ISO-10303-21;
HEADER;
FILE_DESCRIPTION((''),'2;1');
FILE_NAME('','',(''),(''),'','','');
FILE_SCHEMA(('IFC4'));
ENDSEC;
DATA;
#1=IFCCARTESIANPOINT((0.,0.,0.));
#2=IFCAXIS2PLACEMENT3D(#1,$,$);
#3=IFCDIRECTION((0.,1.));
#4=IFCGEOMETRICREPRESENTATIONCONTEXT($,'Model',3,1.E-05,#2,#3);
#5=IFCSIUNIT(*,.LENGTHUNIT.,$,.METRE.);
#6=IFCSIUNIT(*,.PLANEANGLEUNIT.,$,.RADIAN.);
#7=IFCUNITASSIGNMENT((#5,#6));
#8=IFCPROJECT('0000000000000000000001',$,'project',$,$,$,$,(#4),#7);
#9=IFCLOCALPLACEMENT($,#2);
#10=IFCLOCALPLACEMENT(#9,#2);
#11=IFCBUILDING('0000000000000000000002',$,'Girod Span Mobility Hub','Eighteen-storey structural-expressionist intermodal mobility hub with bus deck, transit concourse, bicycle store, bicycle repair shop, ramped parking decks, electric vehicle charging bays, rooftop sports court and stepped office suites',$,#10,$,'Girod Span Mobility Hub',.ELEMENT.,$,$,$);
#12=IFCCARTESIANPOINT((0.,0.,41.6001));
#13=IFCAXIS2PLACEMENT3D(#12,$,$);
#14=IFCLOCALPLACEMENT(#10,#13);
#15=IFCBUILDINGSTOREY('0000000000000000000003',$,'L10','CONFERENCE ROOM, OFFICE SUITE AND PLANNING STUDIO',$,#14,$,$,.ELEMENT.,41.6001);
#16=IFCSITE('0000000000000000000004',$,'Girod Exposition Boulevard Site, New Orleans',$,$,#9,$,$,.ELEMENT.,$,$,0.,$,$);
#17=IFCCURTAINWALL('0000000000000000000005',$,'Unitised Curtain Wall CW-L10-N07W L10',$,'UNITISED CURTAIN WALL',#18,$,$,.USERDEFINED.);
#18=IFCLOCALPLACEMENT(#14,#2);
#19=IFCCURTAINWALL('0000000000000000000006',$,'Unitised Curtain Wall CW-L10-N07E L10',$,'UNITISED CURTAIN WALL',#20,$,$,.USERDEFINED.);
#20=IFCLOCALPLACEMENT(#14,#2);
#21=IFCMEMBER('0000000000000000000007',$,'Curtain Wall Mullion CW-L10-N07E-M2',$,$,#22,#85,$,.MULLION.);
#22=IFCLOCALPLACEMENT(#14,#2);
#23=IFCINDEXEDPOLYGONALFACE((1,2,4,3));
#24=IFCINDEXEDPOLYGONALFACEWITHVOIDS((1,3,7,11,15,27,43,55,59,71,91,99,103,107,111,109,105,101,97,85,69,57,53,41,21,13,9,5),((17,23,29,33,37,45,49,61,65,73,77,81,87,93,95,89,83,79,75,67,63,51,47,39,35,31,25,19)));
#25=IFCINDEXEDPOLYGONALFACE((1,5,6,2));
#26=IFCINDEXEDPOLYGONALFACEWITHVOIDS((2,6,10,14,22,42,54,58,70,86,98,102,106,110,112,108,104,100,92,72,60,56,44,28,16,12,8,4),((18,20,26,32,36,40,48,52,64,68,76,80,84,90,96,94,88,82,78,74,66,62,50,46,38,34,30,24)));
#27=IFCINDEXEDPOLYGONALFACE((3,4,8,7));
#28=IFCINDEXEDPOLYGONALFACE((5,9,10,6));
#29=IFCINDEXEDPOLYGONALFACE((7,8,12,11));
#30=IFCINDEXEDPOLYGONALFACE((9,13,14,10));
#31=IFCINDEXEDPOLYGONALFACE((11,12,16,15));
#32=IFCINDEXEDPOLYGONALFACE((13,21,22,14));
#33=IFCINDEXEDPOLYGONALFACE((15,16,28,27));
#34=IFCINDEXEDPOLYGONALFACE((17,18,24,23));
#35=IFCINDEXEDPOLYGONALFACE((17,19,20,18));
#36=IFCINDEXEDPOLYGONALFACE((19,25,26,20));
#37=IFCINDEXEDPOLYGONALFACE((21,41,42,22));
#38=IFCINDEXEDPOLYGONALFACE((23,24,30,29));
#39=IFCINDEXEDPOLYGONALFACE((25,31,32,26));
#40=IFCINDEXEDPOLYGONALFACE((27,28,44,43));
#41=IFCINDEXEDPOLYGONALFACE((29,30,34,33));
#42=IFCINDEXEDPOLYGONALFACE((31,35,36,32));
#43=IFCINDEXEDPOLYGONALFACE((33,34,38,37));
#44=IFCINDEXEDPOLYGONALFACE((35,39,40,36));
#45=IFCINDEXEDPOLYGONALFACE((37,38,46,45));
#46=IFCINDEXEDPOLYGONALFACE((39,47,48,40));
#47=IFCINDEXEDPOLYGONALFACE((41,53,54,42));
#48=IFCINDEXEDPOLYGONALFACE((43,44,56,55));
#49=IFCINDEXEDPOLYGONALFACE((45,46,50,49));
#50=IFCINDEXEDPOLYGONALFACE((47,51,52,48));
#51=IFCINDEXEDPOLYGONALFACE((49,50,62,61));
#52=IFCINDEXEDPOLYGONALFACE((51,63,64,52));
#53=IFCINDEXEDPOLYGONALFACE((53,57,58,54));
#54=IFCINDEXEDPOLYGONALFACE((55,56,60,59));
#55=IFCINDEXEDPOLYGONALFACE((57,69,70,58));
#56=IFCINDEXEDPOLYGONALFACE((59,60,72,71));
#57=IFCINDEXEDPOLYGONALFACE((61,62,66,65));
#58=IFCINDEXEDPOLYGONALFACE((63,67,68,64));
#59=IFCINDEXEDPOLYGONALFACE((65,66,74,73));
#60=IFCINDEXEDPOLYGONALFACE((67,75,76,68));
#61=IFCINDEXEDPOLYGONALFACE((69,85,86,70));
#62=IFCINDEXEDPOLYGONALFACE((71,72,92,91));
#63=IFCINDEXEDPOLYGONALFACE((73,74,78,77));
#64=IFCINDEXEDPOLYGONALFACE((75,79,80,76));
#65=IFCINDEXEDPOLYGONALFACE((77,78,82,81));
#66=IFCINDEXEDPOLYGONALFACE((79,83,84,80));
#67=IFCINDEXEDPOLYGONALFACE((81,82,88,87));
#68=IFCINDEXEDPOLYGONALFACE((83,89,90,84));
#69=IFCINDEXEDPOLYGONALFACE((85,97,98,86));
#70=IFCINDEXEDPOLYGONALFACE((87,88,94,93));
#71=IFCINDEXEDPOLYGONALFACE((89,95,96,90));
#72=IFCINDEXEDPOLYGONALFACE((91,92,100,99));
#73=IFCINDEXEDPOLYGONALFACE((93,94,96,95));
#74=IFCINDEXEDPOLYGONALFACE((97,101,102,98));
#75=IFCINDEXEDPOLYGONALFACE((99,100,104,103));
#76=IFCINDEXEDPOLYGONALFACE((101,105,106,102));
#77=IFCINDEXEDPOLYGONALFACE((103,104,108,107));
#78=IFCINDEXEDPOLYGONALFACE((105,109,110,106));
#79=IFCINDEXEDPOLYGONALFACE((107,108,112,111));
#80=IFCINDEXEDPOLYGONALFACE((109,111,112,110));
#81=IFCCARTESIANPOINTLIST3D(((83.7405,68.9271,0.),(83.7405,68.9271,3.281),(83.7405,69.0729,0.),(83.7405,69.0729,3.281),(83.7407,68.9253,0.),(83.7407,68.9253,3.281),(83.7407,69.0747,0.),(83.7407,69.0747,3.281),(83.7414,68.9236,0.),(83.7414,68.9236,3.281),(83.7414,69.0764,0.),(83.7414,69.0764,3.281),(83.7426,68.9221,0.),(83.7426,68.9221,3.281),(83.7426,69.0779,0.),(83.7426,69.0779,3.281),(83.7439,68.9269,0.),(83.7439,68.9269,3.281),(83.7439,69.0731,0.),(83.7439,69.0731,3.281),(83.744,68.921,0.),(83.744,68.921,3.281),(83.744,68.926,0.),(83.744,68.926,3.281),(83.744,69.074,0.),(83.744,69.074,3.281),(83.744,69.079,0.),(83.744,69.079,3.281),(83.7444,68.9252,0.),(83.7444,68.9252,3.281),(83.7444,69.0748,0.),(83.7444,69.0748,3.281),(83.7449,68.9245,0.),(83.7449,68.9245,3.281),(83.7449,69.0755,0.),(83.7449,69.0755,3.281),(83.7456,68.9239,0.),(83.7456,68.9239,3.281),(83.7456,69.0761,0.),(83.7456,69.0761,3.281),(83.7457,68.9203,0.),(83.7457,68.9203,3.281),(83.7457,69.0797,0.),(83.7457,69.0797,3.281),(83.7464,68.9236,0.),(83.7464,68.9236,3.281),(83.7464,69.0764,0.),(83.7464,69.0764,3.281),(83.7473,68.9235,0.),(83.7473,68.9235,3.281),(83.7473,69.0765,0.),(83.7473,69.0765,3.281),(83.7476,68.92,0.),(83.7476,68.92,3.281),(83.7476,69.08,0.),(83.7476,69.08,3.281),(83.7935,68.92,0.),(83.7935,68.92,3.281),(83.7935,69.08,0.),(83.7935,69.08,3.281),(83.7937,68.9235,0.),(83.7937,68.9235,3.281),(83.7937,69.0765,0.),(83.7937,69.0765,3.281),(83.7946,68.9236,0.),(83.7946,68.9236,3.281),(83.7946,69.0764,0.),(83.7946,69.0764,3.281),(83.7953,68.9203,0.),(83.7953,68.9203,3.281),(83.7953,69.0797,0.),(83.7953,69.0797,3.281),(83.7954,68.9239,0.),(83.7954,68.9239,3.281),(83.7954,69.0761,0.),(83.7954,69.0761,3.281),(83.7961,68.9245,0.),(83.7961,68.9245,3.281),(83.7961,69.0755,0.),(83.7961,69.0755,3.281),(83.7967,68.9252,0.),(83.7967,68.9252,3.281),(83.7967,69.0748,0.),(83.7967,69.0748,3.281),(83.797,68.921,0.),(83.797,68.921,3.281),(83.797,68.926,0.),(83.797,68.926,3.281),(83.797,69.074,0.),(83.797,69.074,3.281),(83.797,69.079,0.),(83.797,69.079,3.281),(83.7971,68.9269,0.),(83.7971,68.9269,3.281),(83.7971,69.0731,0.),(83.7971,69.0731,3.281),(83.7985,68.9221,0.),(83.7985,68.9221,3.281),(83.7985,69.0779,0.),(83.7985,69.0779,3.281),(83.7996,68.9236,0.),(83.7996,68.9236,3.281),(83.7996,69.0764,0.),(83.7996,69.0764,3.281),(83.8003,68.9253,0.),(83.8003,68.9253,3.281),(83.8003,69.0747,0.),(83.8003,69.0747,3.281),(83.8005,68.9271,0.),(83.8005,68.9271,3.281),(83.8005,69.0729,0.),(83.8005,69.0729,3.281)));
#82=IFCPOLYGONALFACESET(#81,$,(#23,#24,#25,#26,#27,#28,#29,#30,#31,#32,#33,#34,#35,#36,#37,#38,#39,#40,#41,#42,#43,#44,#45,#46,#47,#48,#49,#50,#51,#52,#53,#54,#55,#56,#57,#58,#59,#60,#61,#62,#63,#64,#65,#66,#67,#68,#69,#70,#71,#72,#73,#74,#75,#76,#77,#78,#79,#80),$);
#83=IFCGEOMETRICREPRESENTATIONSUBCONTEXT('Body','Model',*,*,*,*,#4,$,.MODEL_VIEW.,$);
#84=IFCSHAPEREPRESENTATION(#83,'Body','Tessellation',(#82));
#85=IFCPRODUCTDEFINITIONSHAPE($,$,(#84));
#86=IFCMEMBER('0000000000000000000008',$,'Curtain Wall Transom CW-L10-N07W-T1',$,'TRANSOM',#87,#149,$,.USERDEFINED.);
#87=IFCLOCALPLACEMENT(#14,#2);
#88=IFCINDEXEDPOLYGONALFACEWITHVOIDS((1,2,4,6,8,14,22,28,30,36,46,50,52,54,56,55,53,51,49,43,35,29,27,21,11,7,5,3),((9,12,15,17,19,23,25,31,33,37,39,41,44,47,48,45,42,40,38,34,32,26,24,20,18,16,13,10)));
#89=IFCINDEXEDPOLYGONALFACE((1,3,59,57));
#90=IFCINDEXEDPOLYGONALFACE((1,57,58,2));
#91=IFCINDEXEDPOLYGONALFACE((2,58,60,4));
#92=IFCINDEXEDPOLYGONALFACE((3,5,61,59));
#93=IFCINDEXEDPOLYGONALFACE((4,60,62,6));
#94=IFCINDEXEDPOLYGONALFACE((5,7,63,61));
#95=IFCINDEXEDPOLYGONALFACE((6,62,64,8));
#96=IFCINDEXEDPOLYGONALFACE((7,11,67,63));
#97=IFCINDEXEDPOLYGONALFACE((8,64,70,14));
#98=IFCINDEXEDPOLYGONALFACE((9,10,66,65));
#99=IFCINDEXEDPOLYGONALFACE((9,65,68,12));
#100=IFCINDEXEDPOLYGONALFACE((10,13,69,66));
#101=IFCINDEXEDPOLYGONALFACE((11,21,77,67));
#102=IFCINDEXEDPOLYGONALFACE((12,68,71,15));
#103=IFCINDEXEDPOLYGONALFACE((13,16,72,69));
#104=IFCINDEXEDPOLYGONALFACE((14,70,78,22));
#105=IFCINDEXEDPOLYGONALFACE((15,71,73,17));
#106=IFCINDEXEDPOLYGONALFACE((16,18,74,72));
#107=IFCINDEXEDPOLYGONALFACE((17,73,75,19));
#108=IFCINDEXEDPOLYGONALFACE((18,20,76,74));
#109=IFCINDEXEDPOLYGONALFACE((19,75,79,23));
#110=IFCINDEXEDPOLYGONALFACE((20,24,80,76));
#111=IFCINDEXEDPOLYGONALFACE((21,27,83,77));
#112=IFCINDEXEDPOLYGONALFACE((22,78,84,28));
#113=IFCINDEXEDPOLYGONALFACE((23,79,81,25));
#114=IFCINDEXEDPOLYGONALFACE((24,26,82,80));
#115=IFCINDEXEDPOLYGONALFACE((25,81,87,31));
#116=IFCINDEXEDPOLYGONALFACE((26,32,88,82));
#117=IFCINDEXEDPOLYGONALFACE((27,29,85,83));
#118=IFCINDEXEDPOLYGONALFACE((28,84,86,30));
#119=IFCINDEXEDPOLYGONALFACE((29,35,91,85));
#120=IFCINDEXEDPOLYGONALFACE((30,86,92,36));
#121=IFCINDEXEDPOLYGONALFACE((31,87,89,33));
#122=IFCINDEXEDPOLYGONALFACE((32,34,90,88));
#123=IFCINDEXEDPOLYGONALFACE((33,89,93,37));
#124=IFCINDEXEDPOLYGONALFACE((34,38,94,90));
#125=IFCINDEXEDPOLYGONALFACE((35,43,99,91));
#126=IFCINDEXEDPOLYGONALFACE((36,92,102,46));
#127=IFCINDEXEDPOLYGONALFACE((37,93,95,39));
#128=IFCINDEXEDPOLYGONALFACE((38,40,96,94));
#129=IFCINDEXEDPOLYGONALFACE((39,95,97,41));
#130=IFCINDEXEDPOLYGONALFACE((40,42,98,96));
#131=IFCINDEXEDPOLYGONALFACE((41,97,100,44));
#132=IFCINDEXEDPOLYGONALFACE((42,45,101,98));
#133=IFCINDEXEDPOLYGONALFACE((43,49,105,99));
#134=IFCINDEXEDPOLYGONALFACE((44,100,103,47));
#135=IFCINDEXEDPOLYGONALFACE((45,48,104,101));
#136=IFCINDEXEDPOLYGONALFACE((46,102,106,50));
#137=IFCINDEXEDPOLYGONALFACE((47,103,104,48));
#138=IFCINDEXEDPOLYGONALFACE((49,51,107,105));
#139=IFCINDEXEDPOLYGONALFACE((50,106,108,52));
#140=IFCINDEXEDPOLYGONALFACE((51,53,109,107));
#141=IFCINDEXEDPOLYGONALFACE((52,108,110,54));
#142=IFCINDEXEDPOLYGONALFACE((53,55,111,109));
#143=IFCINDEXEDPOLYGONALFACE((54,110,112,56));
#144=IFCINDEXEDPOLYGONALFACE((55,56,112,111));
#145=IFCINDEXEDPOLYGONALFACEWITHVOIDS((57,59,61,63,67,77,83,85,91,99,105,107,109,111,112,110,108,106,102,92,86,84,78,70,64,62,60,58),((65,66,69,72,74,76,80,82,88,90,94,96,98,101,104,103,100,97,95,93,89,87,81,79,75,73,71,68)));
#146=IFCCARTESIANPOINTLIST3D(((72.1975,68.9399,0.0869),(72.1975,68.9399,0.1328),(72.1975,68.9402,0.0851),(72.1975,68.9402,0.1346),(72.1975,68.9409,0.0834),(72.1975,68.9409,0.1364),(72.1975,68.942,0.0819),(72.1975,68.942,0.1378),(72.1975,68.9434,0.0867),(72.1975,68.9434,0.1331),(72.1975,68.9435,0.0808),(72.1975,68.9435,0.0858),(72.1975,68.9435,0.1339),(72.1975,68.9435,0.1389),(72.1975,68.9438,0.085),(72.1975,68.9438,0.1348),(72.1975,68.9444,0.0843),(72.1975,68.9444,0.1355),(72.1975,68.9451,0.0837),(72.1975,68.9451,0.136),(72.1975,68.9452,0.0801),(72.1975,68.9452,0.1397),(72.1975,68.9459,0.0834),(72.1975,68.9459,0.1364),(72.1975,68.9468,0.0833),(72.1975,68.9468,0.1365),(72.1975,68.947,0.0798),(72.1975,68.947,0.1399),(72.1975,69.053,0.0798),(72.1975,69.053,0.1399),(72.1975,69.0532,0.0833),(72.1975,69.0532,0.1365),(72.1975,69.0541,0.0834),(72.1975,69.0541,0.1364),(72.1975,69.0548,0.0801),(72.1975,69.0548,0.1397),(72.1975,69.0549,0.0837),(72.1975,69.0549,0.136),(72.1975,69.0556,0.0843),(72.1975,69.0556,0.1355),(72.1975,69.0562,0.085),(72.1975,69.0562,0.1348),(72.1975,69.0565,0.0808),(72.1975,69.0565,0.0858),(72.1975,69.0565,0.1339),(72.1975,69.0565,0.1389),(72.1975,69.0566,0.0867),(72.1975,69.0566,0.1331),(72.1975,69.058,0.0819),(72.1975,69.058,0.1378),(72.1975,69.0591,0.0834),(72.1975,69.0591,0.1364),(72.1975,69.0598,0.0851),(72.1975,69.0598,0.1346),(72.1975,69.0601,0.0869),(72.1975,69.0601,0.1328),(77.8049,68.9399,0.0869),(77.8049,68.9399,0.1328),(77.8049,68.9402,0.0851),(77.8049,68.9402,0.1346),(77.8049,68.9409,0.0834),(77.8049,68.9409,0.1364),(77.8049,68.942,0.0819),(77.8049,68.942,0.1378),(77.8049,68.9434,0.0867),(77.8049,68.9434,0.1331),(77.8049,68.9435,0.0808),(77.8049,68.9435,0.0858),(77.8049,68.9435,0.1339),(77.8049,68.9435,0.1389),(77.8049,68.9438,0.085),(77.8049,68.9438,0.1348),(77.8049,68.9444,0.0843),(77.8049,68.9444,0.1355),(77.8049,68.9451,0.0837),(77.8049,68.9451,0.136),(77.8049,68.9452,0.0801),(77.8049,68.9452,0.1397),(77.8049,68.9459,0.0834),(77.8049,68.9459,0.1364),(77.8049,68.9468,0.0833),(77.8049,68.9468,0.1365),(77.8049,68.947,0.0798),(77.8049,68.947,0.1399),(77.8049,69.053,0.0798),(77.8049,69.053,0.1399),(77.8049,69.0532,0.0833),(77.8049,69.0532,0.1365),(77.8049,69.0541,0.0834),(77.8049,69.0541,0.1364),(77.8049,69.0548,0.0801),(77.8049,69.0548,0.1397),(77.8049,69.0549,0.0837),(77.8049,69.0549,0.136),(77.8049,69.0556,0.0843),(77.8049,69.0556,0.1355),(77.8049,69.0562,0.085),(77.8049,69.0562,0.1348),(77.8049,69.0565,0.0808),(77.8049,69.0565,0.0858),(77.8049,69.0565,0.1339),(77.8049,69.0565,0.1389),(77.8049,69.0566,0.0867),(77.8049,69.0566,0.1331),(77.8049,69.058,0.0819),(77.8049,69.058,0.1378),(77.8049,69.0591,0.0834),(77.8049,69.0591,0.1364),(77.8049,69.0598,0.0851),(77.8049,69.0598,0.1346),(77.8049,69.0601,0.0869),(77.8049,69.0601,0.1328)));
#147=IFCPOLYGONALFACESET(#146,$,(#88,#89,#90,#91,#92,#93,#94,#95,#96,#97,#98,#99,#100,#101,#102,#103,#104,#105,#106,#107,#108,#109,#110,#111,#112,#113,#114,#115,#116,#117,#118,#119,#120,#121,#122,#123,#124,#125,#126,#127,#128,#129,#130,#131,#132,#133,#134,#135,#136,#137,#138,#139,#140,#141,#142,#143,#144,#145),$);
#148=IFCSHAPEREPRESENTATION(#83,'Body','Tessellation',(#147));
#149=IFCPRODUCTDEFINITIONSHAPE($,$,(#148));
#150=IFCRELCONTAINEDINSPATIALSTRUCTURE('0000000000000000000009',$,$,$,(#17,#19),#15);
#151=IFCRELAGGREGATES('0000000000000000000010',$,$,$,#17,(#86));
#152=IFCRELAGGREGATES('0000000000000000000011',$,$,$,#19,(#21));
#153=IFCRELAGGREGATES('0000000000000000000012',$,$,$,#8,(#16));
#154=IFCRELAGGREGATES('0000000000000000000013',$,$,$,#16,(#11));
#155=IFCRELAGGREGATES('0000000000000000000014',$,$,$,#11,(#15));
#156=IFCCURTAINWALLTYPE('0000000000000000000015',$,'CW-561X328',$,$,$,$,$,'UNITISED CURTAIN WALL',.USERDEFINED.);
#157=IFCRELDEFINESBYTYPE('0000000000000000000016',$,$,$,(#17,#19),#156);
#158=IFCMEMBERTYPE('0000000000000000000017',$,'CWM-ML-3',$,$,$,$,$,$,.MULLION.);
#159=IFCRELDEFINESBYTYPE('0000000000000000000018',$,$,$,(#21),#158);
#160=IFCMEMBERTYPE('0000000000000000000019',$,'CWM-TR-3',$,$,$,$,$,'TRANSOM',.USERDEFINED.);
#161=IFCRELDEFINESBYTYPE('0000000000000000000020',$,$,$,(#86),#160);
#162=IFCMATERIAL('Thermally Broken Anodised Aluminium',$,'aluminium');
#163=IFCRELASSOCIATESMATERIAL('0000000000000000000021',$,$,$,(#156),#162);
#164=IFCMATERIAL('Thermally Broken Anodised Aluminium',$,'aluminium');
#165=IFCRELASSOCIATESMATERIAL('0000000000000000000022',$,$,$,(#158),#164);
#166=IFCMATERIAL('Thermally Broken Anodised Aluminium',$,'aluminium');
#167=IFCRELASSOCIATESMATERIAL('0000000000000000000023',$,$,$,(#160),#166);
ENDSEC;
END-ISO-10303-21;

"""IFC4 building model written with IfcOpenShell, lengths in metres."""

from ifc_helpers import new_model, si_unit, direction, frame, origin, origin_2d, place, context, subcontext, project, spatial, hollow_rectangle, extrude, material, material_profile, profile_set, type_object, element, aggregate, save


model = new_model("IFC4")

# Units and contexts
model_context = context("Model", 3, precision=1e-05, world=origin(), true_north=direction((0.0, 1.0)))
body_context = subcontext(model_context, "Body", "Model", "MODEL_VIEW")
ifc_project = project(units=[si_unit("LENGTHUNIT", "METRE"), si_unit("PLANEANGLEUNIT", "RADIAN")], contexts=[model_context])

# Site, building, storey
site_placement = place(None, origin())
site = spatial("IfcSite", under=ifc_project, at=site_placement, Name="Girod Exposition Boulevard Site, New Orleans", CompositionType="ELEMENT", RefElevation=0.0)
building_placement = place(site_placement, origin())
building = spatial("IfcBuilding", under=site, at=building_placement, Name="Girod Span Mobility Hub", Description="Eighteen-storey structural-expressionist intermodal mobility hub with bus deck, transit concourse, bicycle store, bicycle repair shop, ramped parking decks, electric vehicle charging bays, rooftop sports court and stepped office suites", LongName="Girod Span Mobility Hub", CompositionType="ELEMENT")
storey_placement = place(building_placement, frame((0.0, 0.0, 41.6001)))
storey = spatial("IfcBuildingStorey", under=building, at=storey_placement, Name="L10", Description="CONFERENCE ROOM, OFFICE SUITE AND PLANNING STUDIO", CompositionType="ELEMENT", Elevation=41.6001)

# Shared definitions
ifc_material_1 = material(Name="Thermally Broken Anodised Aluminium", Category="aluminium")
curtain_wall_type = type_object("IfcCurtainWallType", Name="CW-561X328", ElementType="UNITISED CURTAIN WALL", PredefinedType="USERDEFINED", material=ifc_material_1)
ifc_material_2 = material(Name="Thermally Broken Anodised Aluminium", Category="aluminium")
ifc_material_profile_1 = material_profile(ifc_material_2, hollow_rectangle(XDim=0.1599, YDim=0.0601, WallThickness=0.0034, InnerFilletRadius=0.0034, OuterFilletRadius=0.0071, at=origin_2d()), Name="CW-ML-60X160")
ifc_profile_set_1 = profile_set([ifc_material_profile_1], Name="Thermally Broken Anodised Aluminium")
member_type_1 = type_object("IfcMemberType", Name="CWM-ML-3", PredefinedType="MULLION", material=ifc_profile_set_1)

# Curtain walls, member
curtain_wall_1_placement = place(storey_placement, origin())
curtain_wall_1 = element("IfcCurtainWall", 1, at=curtain_wall_1_placement, inside=storey, type_object=curtain_wall_type, Name="Unitised Curtain Wall CW-L10-N07W L10", ObjectType="UNITISED CURTAIN WALL", PredefinedType="USERDEFINED")
curtain_wall_2_placement = place(storey_placement, origin())
curtain_wall_2 = element("IfcCurtainWall", 2, at=curtain_wall_2_placement, inside=storey, type_object=curtain_wall_type, Name="Unitised Curtain Wall CW-L10-N07E L10", ObjectType="UNITISED CURTAIN WALL", PredefinedType="USERDEFINED")
member_1_placement = place(storey_placement, frame((83.7705, 69.0, 0.0), z_axis=(0.0, 0.0, 1.0), x_axis=(0.0, 1.0, 0.0)))
member_1 = element("IfcMember", 3, at=member_1_placement, type_object=member_type_1, Name="Curtain Wall Mullion CW-L10-N07E-M2", PredefinedType="MULLION", context=body_context, shape_type="SweptSolid", body=[
    extrude(hollow_rectangle(XDim=0.1599, YDim=0.0601, WallThickness=0.0034, InnerFilletRadius=0.0034, OuterFilletRadius=0.0071, at=origin_2d()), origin(), (0.0, 0.0, 1.0), 3.281),
])

# Member
ifc_material_3 = material(Name="Thermally Broken Anodised Aluminium", Category="aluminium")
ifc_material_profile_2 = material_profile(ifc_material_3, hollow_rectangle(XDim=0.1201, YDim=0.0601, WallThickness=0.0034, InnerFilletRadius=0.0034, OuterFilletRadius=0.0071, at=origin_2d()), Name="CW-TR-60X120")
ifc_profile_set_2 = profile_set([ifc_material_profile_2], Name="Thermally Broken Anodised Aluminium")
member_type_2 = type_object("IfcMemberType", Name="CWM-TR-3", ElementType="TRANSOM", PredefinedType="USERDEFINED", material=ifc_profile_set_2)
member_2_placement = place(storey_placement, frame((72.1975, 69.0, 0.1099), z_axis=(1.0, 0.0, 0.0), x_axis=(0.0, 1.0, 0.0)))
member_2 = element("IfcMember", 4, at=member_2_placement, type_object=member_type_2, Name="Curtain Wall Transom CW-L10-N07W-T1", ObjectType="TRANSOM", PredefinedType="USERDEFINED", context=body_context, shape_type="SweptSolid", body=[
    extrude(hollow_rectangle(XDim=0.1201, YDim=0.0601, WallThickness=0.0034, InnerFilletRadius=0.0034, OuterFilletRadius=0.0071, at=origin_2d()), origin(), (0.0, 0.0, 1.0), 5.6074),
])

aggregate(curtain_wall_1, [member_2])
aggregate(curtain_wall_2, [member_1])

save(model, "model.ifc")
